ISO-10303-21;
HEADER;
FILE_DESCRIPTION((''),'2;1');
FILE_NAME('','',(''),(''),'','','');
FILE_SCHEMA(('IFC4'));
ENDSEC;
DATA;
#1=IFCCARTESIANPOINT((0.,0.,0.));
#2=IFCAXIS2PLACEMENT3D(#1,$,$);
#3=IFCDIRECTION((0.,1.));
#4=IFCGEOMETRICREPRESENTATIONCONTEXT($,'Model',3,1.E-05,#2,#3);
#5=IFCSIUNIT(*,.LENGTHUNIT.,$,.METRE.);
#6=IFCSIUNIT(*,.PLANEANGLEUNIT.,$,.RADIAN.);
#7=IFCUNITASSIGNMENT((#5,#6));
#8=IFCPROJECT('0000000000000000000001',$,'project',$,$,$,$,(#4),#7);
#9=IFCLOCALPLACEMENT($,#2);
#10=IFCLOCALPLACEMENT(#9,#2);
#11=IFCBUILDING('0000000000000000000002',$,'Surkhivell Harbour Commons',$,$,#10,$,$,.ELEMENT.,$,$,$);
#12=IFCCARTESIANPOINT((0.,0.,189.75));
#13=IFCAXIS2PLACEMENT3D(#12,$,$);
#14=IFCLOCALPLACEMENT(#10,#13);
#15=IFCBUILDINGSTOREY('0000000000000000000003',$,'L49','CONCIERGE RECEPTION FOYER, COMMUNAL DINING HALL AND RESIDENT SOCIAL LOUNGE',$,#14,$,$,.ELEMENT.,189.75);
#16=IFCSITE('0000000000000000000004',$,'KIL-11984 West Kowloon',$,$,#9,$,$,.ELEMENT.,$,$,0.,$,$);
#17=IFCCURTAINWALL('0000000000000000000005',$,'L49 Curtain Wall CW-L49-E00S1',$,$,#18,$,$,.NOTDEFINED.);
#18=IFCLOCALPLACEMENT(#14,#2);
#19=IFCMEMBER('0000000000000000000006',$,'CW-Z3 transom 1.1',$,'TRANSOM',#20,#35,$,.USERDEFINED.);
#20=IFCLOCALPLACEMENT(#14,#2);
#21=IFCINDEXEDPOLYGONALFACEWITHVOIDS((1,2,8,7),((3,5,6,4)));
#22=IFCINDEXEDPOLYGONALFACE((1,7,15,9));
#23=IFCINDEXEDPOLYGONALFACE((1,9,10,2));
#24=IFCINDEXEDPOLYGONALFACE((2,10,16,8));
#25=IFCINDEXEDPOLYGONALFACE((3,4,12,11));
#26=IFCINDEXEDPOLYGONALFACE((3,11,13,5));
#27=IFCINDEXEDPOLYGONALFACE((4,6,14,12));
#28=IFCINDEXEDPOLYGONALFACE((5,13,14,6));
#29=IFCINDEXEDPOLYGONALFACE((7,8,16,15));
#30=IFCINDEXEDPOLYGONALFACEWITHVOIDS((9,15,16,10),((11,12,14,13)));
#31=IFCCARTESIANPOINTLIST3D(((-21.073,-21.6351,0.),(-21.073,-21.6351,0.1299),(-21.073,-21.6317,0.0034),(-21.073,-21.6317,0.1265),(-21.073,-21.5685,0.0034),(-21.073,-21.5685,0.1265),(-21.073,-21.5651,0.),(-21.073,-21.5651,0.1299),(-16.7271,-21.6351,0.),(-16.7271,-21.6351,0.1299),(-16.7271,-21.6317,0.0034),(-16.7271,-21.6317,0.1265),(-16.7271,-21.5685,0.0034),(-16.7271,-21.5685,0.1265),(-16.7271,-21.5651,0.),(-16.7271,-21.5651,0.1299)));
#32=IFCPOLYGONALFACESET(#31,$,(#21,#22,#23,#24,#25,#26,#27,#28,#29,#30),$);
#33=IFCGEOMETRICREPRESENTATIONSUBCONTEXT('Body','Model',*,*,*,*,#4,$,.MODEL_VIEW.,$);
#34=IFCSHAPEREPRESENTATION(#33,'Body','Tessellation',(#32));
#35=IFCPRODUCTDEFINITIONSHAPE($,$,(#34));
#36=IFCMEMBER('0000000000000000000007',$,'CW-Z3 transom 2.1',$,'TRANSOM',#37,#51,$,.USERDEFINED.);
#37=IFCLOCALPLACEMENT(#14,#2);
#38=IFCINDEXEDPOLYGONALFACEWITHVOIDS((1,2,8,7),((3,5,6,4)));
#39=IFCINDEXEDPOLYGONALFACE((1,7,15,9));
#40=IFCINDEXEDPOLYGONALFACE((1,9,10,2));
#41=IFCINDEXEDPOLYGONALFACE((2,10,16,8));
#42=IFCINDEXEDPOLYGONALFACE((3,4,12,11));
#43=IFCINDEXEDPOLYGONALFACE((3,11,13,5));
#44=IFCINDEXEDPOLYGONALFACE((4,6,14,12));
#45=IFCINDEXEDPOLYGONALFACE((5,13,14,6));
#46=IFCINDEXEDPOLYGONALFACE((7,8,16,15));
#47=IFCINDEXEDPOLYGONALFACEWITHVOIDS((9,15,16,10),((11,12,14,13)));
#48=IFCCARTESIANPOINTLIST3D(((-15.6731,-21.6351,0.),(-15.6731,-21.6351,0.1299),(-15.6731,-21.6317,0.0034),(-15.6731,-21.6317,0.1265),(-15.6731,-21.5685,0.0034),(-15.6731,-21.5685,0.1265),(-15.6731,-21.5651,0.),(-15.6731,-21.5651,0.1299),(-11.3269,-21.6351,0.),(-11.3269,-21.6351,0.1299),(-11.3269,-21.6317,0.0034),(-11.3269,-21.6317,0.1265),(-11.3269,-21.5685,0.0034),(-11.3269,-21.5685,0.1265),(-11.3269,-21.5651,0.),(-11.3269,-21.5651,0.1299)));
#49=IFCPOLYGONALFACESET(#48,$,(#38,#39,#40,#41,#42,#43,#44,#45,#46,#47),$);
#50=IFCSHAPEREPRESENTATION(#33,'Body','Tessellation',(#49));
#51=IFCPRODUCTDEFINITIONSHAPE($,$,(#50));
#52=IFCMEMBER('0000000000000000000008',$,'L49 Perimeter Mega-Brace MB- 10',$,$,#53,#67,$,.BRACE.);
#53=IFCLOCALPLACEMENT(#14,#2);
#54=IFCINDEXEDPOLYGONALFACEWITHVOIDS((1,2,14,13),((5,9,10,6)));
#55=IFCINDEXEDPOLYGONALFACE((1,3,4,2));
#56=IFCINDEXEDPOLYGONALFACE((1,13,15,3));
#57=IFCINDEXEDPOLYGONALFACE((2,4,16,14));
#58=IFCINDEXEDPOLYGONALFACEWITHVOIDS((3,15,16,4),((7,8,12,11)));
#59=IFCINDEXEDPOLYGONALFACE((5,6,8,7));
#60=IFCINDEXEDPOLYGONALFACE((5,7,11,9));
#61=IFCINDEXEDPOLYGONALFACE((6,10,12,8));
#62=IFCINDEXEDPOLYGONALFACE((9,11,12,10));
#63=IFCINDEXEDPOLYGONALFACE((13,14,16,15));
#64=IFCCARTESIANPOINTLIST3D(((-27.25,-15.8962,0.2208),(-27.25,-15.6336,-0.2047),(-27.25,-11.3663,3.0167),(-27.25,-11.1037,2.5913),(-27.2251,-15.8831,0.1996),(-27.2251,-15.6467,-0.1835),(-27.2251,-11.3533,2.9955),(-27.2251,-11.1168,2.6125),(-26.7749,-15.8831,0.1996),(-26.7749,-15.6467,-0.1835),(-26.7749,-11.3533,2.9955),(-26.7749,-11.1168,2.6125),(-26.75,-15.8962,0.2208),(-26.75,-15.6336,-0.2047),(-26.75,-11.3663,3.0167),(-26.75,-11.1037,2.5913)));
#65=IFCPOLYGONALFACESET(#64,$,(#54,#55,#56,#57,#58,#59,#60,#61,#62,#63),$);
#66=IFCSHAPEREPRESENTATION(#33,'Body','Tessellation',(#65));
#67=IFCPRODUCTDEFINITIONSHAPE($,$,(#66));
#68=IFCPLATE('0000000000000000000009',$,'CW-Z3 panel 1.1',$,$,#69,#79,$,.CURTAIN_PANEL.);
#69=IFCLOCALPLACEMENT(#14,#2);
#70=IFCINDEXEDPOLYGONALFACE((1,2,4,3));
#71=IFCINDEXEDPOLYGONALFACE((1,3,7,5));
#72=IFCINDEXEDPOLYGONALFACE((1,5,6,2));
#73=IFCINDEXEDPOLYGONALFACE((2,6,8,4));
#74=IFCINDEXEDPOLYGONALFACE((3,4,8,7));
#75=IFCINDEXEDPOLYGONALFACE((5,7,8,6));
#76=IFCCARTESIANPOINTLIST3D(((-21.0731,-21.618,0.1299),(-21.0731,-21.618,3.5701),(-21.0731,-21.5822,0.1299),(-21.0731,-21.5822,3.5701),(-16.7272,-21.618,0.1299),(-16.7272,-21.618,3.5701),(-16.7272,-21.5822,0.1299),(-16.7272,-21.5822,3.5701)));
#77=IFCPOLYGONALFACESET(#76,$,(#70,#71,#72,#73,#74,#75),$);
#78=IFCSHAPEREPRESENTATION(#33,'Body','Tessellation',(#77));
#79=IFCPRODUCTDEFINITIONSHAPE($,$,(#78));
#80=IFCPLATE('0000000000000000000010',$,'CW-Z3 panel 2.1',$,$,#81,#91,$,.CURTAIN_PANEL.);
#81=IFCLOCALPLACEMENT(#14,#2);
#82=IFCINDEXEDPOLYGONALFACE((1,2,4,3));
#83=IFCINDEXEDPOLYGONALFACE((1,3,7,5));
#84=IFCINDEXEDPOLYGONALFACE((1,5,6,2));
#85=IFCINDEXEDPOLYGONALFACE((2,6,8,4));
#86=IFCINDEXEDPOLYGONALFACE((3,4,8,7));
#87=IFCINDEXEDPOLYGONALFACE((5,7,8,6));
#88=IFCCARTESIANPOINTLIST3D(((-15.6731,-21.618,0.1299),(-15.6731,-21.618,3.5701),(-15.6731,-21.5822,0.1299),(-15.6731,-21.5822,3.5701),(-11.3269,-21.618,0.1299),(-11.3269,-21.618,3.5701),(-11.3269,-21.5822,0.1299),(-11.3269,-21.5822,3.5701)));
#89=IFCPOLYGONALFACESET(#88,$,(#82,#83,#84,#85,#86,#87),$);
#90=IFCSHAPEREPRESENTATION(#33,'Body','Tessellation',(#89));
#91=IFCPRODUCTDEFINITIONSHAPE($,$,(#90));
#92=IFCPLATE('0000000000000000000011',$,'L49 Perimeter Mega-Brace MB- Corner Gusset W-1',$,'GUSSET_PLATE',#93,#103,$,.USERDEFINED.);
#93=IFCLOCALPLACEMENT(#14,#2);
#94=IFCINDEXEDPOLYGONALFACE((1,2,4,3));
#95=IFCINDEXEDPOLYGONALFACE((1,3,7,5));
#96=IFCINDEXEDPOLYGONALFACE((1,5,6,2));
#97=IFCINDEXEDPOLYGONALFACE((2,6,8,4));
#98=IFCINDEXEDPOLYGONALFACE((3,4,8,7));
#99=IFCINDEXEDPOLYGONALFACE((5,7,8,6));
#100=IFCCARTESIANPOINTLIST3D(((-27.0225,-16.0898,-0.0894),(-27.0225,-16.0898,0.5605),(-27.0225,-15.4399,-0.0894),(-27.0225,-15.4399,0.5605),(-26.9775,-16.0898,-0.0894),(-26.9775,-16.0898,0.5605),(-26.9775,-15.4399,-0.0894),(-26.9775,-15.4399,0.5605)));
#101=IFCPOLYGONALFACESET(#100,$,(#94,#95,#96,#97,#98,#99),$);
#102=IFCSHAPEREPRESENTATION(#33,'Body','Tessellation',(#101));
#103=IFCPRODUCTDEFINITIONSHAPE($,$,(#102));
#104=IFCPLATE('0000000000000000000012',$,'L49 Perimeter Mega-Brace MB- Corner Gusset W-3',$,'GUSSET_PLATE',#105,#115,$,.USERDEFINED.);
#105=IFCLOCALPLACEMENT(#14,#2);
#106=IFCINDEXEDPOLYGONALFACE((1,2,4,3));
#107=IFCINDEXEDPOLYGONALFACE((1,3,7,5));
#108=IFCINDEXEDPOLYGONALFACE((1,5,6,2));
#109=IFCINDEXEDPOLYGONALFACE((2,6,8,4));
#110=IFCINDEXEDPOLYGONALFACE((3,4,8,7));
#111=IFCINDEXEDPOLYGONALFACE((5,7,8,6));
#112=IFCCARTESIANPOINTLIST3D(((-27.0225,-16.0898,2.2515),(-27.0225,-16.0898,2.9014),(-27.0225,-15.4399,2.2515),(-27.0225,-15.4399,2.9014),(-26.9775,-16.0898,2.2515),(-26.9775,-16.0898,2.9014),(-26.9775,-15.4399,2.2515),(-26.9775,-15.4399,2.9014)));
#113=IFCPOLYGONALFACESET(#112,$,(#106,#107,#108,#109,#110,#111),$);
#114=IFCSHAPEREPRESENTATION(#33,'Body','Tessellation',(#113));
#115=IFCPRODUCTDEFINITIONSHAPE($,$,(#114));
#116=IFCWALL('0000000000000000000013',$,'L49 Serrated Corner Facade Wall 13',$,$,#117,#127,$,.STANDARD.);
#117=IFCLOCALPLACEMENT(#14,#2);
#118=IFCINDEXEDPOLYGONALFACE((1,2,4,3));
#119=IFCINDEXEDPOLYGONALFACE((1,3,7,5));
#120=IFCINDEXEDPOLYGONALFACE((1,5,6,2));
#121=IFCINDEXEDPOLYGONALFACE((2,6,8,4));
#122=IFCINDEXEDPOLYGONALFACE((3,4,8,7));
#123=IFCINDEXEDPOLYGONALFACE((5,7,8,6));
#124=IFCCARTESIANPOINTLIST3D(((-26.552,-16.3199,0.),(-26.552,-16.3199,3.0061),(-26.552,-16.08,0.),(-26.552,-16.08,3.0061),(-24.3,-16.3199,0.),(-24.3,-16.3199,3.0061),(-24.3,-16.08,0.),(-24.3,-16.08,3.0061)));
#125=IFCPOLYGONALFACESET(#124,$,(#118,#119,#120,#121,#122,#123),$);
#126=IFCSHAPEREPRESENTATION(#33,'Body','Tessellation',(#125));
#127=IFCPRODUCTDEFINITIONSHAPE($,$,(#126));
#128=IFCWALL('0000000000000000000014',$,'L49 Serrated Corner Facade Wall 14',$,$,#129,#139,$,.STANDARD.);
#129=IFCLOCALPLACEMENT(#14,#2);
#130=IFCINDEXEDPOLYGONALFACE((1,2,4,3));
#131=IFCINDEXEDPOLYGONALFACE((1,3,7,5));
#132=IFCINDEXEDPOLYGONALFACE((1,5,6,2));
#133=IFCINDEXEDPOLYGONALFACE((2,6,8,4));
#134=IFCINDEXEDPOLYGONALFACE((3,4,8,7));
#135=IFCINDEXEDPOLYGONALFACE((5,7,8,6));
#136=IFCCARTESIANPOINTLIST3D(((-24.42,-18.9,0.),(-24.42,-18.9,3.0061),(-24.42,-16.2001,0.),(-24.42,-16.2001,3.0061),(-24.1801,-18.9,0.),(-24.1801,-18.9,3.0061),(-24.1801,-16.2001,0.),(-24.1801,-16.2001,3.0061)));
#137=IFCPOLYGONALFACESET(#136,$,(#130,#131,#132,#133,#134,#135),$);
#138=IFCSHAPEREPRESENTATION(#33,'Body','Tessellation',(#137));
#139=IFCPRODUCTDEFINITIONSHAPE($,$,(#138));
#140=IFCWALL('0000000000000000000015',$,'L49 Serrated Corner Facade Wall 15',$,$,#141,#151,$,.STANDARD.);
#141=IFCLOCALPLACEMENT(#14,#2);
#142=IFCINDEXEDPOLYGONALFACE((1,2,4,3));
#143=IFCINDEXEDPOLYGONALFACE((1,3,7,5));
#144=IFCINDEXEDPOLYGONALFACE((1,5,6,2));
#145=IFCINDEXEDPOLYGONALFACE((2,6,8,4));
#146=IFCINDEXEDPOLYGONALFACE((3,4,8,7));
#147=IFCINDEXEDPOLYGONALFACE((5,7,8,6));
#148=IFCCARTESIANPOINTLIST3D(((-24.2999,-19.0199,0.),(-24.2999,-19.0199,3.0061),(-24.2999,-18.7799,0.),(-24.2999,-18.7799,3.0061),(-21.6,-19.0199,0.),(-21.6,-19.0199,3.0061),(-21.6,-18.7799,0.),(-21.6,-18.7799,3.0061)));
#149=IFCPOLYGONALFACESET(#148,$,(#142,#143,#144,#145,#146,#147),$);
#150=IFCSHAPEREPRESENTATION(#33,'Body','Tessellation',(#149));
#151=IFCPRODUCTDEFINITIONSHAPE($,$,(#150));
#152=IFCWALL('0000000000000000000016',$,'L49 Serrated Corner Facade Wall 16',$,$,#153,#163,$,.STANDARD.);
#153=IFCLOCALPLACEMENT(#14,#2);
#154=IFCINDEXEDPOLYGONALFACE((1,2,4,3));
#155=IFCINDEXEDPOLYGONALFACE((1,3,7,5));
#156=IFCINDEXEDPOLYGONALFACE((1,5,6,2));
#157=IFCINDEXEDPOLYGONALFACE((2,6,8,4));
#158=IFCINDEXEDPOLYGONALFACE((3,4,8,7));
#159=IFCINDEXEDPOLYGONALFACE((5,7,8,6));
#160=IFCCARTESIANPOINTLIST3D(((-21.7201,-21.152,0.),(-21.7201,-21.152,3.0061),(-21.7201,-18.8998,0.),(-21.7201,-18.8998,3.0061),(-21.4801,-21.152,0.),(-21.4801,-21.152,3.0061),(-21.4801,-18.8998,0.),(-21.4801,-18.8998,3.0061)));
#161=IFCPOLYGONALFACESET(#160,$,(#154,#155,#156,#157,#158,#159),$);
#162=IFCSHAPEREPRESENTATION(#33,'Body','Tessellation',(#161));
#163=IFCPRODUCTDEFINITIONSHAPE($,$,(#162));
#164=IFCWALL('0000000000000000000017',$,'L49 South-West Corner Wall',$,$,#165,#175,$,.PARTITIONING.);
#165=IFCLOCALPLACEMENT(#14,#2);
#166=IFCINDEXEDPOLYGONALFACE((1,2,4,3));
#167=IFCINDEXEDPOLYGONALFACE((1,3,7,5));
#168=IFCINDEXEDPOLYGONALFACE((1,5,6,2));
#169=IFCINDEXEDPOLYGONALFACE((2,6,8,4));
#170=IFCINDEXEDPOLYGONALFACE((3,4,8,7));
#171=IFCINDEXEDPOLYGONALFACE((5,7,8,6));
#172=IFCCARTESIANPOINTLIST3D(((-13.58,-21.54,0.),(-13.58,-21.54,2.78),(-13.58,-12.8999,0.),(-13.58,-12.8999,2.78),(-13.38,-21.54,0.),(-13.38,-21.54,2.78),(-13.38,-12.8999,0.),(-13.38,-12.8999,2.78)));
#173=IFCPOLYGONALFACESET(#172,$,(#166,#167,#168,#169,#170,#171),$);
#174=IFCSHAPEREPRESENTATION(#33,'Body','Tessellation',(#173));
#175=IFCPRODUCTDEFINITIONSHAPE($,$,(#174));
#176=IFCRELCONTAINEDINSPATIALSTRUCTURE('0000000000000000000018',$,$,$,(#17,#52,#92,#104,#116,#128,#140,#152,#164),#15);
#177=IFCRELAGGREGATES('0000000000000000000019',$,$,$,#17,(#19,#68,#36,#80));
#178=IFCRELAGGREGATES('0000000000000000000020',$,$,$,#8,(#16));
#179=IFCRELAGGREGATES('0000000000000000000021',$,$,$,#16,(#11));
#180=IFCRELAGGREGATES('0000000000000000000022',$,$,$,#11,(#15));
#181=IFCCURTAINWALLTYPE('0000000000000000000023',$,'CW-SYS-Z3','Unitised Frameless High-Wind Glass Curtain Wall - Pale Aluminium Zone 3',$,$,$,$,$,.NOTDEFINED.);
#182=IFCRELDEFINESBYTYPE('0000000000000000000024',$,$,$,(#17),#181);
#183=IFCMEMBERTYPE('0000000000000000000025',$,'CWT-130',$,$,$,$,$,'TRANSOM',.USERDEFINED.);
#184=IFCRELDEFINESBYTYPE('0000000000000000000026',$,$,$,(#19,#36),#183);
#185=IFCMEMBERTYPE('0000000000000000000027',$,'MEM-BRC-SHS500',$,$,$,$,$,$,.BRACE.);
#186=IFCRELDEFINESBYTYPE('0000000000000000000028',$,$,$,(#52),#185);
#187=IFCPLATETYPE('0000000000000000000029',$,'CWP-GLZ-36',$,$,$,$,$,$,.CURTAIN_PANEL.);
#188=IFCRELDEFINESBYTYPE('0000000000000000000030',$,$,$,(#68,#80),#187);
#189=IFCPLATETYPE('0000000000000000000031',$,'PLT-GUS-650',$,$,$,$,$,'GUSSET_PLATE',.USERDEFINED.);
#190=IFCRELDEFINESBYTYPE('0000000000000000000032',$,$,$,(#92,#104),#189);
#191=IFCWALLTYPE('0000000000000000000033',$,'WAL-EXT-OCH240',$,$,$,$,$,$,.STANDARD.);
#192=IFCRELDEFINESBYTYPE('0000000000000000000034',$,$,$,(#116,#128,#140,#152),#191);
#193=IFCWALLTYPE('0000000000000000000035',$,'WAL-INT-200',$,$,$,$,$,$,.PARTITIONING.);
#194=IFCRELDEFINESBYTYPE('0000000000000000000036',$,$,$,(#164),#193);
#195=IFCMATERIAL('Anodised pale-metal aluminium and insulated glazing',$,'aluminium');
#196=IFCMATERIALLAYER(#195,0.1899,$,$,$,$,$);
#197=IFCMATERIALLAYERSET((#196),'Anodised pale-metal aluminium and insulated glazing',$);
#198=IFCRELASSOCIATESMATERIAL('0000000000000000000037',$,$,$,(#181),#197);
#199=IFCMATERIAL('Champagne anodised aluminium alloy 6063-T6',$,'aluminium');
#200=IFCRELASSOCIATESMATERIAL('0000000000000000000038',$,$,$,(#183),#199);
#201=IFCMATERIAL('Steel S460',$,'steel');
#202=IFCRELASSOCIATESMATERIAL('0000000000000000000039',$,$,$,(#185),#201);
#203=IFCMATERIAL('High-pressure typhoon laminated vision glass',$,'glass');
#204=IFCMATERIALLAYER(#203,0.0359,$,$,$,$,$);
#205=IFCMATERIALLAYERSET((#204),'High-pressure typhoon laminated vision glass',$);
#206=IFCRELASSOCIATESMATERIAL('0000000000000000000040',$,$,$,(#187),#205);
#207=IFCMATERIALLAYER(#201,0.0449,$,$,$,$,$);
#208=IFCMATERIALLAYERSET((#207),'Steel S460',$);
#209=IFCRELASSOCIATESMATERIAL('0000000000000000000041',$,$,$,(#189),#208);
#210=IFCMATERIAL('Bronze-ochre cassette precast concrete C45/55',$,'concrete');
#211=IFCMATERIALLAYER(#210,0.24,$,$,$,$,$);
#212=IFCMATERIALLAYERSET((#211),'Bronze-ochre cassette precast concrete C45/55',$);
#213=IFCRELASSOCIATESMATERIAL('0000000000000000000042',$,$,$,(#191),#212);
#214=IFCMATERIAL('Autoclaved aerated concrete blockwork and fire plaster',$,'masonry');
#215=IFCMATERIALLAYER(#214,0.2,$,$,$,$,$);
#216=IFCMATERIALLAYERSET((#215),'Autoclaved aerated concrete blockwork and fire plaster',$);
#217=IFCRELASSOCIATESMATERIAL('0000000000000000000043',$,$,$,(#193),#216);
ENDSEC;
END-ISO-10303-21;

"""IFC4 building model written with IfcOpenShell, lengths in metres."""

from ifc_helpers import new_model, si_unit, direction, frame, frame_2d, origin, origin_2d, place, context, subcontext, project, spatial, rectangle, hollow_rectangle, extrude, material, layer, layer_set, material_profile, profile_set, type_object, element, aggregate, save


model = new_model("IFC4")

# Units and contexts
model_context = context("Model", 3, precision=1e-05, world=origin(), true_north=direction((0.0, 1.0)))
body_context = subcontext(model_context, "Body", "Model", "MODEL_VIEW")
ifc_project = project(units=[si_unit("LENGTHUNIT", "METRE"), si_unit("PLANEANGLEUNIT", "RADIAN")], contexts=[model_context])

# Site, building, storey
site_placement = place(None, origin())
site = spatial("IfcSite", under=ifc_project, at=site_placement, Name="KIL-11984 West Kowloon", CompositionType="ELEMENT", RefElevation=0.0)
building_placement = place(site_placement, origin())
building = spatial("IfcBuilding", under=site, at=building_placement, Name="Surkhivell Harbour Commons", CompositionType="ELEMENT")
storey_placement = place(building_placement, frame((0.0, 0.0, 189.75)))
storey = spatial("IfcBuildingStorey", under=building, at=storey_placement, Name="L49", Description="CONCIERGE RECEPTION FOYER, COMMUNAL DINING HALL AND RESIDENT SOCIAL LOUNGE", CompositionType="ELEMENT", Elevation=189.75)

# Curtain wall, members
ifc_material_1 = material(Name="Anodised pale-metal aluminium and insulated glazing", Category="aluminium")
ifc_layer_1 = layer(ifc_material_1, 0.1899)
ifc_layer_set_1 = layer_set([ifc_layer_1], Name="Anodised pale-metal aluminium and insulated glazing")
curtain_wall_type = type_object("IfcCurtainWallType", Name="CW-SYS-Z3", Description="Unitised Frameless High-Wind Glass Curtain Wall - Pale Aluminium Zone 3", PredefinedType="NOTDEFINED", material=ifc_layer_set_1)
curtain_wall_placement = place(storey_placement, origin())
curtain_wall = element("IfcCurtainWall", 1, at=curtain_wall_placement, inside=storey, type_object=curtain_wall_type, Name="L49 Curtain Wall CW-L49-E00S1", PredefinedType="NOTDEFINED")
ifc_material_2 = material(Name="Champagne anodised aluminium alloy 6063-T6", Category="aluminium")
ifc_material_profile_1 = material_profile(ifc_material_2, hollow_rectangle(XDim=0.0701, YDim=0.1299, WallThickness=0.0034, at=origin_2d()), Name="ALU-TRAN-70x130")
ifc_profile_set_1 = profile_set([ifc_material_profile_1], Name="Champagne anodised aluminium alloy 6063-T6")
member_type_1 = type_object("IfcMemberType", Name="CWT-130", ElementType="TRANSOM", PredefinedType="USERDEFINED", material=ifc_profile_set_1)
member_1_placement = place(storey_placement, frame((-21.073, -21.6001, 0.0649), z_axis=(1.0, 0.0, 0.0), x_axis=(0.0, 1.0, 0.0)))
member_1 = element("IfcMember", 2, at=member_1_placement, type_object=member_type_1, Name="CW-Z3 transom 1.1", ObjectType="TRANSOM", PredefinedType="USERDEFINED", context=body_context, shape_type="SweptSolid", body=[
    extrude(hollow_rectangle(XDim=0.0701, YDim=0.1299, WallThickness=0.0034, at=origin_2d()), origin(), (0.0, 0.0, 1.0), 4.3459),
])
member_2_placement = place(storey_placement, frame((-15.6731, -21.6001, 0.0649), z_axis=(1.0, 0.0, 0.0), x_axis=(0.0, 1.0, 0.0)))
member_2 = element("IfcMember", 3, at=member_2_placement, type_object=member_type_1, Name="CW-Z3 transom 2.1", ObjectType="TRANSOM", PredefinedType="USERDEFINED", context=body_context, shape_type="SweptSolid", body=[
    extrude(hollow_rectangle(XDim=0.0701, YDim=0.1299, WallThickness=0.0034, at=origin_2d()), origin(), (0.0, 0.0, 1.0), 4.3462),
])

# Member
ifc_material_3 = material(Name="Steel S460", Category="steel")
ifc_material_profile_2 = material_profile(ifc_material_3, hollow_rectangle(XDim=0.5, YDim=0.5, WallThickness=0.0249, at=origin_2d()), Name="SHS500x500x25")
ifc_profile_set_2 = profile_set([ifc_material_profile_2], Name="Steel S460")
member_type_2 = type_object("IfcMemberType", Name="MEM-BRC-SHS500", PredefinedType="BRACE", material=ifc_profile_set_2)
member_3_placement = place(storey_placement, frame((-27.0, -15.7649, 0.0081), z_axis=(0.0, 0.850958, 0.525233), x_axis=(-1.0, 0.0, 0.0)))
element("IfcMember", 4, at=member_3_placement, inside=storey, type_object=member_type_2, Name="L49 Perimeter Mega-Brace MB- 10", PredefinedType="BRACE", context=body_context, shape_type="SweptSolid", body=[
    extrude(hollow_rectangle(XDim=0.5, YDim=0.5, WallThickness=0.0249, at=origin_2d()), origin(), (0.0, 0.0, 1.0), 5.3232),
])

# Plates
ifc_material_4 = material(Name="High-pressure typhoon laminated vision glass", Category="glass")
ifc_layer_2 = layer(ifc_material_4, 0.0359)
ifc_layer_set_2 = layer_set([ifc_layer_2], Name="High-pressure typhoon laminated vision glass")
plate_type_1 = type_object("IfcPlateType", Name="CWP-GLZ-36", PredefinedType="CURTAIN_PANEL", material=ifc_layer_set_2)
plate_1_placement = place(storey_placement, frame((-21.073, -21.6001, 0.1299), z_axis=(0.0, 0.0, 1.0), x_axis=(1.0, 0.0, 0.0)))
plate_1 = element("IfcPlate", 5, at=plate_1_placement, type_object=plate_type_1, Name="CW-Z3 panel 1.1", PredefinedType="CURTAIN_PANEL", context=body_context, shape_type="SweptSolid", body=[
    extrude(rectangle(XDim=4.3459, YDim=0.0359, at=frame_2d((2.1729, 0.0))), origin(), (0.0, 0.0, 1.0), 3.4402),
])
plate_2_placement = place(storey_placement, frame((-15.6731, -21.6001, 0.1299), z_axis=(0.0, 0.0, 1.0), x_axis=(1.0, 0.0, 0.0)))
plate_2 = element("IfcPlate", 6, at=plate_2_placement, type_object=plate_type_1, Name="CW-Z3 panel 2.1", PredefinedType="CURTAIN_PANEL", context=body_context, shape_type="SweptSolid", body=[
    extrude(rectangle(XDim=4.3462, YDim=0.0359, at=frame_2d((2.1731, 0.0))), origin(), (0.0, 0.0, 1.0), 3.4402),
])
aggregate(curtain_wall, [member_1, plate_1, member_2, plate_2])

# Plates
ifc_layer_3 = layer(ifc_material_3, 0.0449)
ifc_layer_set_3 = layer_set([ifc_layer_3], Name="Steel S460")
plate_type_2 = type_object("IfcPlateType", Name="PLT-GUS-650", ElementType="GUSSET_PLATE", PredefinedType="USERDEFINED", material=ifc_layer_set_3)
for number, where, z_axis, x_axis, name in (
    (7, (-27.0, -15.7649, -0.0894), (0.0, 0.0, 1.0), (0.0, 1.0, 0.0), "L49 Perimeter Mega-Brace MB- Corner Gusset W-1"),
    (8, (-27.0, -15.7649, 2.2515), (0.0, 0.0, 1.0), (0.0, 1.0, 0.0), "L49 Perimeter Mega-Brace MB- Corner Gusset W-3"),
):
    element("IfcPlate", number, at=place(storey_placement, frame(where, z_axis=z_axis, x_axis=x_axis)), inside=storey, type_object=plate_type_2, Name=name, ObjectType="GUSSET_PLATE", PredefinedType="USERDEFINED", context=body_context, shape_type="SweptSolid", body=[
        extrude(rectangle(XDim=0.6499, YDim=0.0449, at=origin_2d()), origin(), (0.0, 0.0, 1.0), 0.6499),
    ])

# Walls
ifc_material_5 = material(Name="Bronze-ochre cassette precast concrete C45/55", Category="concrete")
ifc_layer_4 = layer(ifc_material_5, 0.24)
ifc_layer_set_4 = layer_set([ifc_layer_4], Name="Bronze-ochre cassette precast concrete C45/55")
wall_type_1 = type_object("IfcWallType", Name="WAL-EXT-OCH240", PredefinedType="STANDARD", material=ifc_layer_set_4)
wall_1_placement = place(storey_placement, frame((-26.552, -16.2, 0.0), z_axis=(0.0, 0.0, 1.0), x_axis=(1.0, 0.0, 0.0)))
element("IfcWall", 9, at=wall_1_placement, inside=storey, type_object=wall_type_1, Name="L49 Serrated Corner Facade Wall 13", PredefinedType="STANDARD", context=body_context, shape_type="SweptSolid", body=[
    extrude(rectangle(XDim=2.252, YDim=0.24, at=frame_2d((1.126, 0.0))), origin(), (0.0, 0.0, 1.0), 3.0061),
])
for number, where, z_axis, x_axis, name in (
    (10, (-24.3, -16.2, 0.0), (0.0, 0.0, 1.0), (0.0, -1.0, 0.0), "L49 Serrated Corner Facade Wall 14"),
    (11, (-24.3, -18.8999, 0.0), (0.0, 0.0, 1.0), (1.0, 0.0, 0.0), "L49 Serrated Corner Facade Wall 15"),
):
    element("IfcWall", number, at=place(storey_placement, frame(where, z_axis=z_axis, x_axis=x_axis)), inside=storey, type_object=wall_type_1, Name=name, PredefinedType="STANDARD", context=body_context, shape_type="SweptSolid", body=[
        extrude(rectangle(XDim=2.7, YDim=0.24, at=frame_2d((1.3501, 0.0))), origin(), (0.0, 0.0, 1.0), 3.0061),
    ])
wall_2_placement = place(storey_placement, frame((-21.6001, -18.8999, 0.0), z_axis=(0.0, 0.0, 1.0), x_axis=(0.0, -1.0, 0.0)))
element("IfcWall", 12, at=wall_2_placement, inside=storey, type_object=wall_type_1, Name="L49 Serrated Corner Facade Wall 16", PredefinedType="STANDARD", context=body_context, shape_type="SweptSolid", body=[
    extrude(rectangle(XDim=2.2522, YDim=0.24, at=frame_2d((1.126, 0.0))), origin(), (0.0, 0.0, 1.0), 3.0061),
])
ifc_material_6 = material(Name="Autoclaved aerated concrete blockwork and fire plaster", Category="masonry")
ifc_layer_5 = layer(ifc_material_6, 0.2)
ifc_layer_set_5 = layer_set([ifc_layer_5], Name="Autoclaved aerated concrete blockwork and fire plaster")
wall_type_2 = type_object("IfcWallType", Name="WAL-INT-200", PredefinedType="PARTITIONING", material=ifc_layer_set_5)
wall_3_placement = place(storey_placement, frame((-13.48, -21.54, 0.0), z_axis=(0.0, 0.0, 1.0), x_axis=(0.0, 1.0, 0.0)))
element("IfcWall", 13, at=wall_3_placement, inside=storey, type_object=wall_type_2, Name="L49 South-West Corner Wall", PredefinedType="PARTITIONING", context=body_context, shape_type="SweptSolid", body=[
    extrude(rectangle(XDim=8.6401, YDim=0.2, at=frame_2d((4.3201, 0.0))), origin(), (0.0, 0.0, 1.0), 2.78),
])

save(model, "model.ifc")
